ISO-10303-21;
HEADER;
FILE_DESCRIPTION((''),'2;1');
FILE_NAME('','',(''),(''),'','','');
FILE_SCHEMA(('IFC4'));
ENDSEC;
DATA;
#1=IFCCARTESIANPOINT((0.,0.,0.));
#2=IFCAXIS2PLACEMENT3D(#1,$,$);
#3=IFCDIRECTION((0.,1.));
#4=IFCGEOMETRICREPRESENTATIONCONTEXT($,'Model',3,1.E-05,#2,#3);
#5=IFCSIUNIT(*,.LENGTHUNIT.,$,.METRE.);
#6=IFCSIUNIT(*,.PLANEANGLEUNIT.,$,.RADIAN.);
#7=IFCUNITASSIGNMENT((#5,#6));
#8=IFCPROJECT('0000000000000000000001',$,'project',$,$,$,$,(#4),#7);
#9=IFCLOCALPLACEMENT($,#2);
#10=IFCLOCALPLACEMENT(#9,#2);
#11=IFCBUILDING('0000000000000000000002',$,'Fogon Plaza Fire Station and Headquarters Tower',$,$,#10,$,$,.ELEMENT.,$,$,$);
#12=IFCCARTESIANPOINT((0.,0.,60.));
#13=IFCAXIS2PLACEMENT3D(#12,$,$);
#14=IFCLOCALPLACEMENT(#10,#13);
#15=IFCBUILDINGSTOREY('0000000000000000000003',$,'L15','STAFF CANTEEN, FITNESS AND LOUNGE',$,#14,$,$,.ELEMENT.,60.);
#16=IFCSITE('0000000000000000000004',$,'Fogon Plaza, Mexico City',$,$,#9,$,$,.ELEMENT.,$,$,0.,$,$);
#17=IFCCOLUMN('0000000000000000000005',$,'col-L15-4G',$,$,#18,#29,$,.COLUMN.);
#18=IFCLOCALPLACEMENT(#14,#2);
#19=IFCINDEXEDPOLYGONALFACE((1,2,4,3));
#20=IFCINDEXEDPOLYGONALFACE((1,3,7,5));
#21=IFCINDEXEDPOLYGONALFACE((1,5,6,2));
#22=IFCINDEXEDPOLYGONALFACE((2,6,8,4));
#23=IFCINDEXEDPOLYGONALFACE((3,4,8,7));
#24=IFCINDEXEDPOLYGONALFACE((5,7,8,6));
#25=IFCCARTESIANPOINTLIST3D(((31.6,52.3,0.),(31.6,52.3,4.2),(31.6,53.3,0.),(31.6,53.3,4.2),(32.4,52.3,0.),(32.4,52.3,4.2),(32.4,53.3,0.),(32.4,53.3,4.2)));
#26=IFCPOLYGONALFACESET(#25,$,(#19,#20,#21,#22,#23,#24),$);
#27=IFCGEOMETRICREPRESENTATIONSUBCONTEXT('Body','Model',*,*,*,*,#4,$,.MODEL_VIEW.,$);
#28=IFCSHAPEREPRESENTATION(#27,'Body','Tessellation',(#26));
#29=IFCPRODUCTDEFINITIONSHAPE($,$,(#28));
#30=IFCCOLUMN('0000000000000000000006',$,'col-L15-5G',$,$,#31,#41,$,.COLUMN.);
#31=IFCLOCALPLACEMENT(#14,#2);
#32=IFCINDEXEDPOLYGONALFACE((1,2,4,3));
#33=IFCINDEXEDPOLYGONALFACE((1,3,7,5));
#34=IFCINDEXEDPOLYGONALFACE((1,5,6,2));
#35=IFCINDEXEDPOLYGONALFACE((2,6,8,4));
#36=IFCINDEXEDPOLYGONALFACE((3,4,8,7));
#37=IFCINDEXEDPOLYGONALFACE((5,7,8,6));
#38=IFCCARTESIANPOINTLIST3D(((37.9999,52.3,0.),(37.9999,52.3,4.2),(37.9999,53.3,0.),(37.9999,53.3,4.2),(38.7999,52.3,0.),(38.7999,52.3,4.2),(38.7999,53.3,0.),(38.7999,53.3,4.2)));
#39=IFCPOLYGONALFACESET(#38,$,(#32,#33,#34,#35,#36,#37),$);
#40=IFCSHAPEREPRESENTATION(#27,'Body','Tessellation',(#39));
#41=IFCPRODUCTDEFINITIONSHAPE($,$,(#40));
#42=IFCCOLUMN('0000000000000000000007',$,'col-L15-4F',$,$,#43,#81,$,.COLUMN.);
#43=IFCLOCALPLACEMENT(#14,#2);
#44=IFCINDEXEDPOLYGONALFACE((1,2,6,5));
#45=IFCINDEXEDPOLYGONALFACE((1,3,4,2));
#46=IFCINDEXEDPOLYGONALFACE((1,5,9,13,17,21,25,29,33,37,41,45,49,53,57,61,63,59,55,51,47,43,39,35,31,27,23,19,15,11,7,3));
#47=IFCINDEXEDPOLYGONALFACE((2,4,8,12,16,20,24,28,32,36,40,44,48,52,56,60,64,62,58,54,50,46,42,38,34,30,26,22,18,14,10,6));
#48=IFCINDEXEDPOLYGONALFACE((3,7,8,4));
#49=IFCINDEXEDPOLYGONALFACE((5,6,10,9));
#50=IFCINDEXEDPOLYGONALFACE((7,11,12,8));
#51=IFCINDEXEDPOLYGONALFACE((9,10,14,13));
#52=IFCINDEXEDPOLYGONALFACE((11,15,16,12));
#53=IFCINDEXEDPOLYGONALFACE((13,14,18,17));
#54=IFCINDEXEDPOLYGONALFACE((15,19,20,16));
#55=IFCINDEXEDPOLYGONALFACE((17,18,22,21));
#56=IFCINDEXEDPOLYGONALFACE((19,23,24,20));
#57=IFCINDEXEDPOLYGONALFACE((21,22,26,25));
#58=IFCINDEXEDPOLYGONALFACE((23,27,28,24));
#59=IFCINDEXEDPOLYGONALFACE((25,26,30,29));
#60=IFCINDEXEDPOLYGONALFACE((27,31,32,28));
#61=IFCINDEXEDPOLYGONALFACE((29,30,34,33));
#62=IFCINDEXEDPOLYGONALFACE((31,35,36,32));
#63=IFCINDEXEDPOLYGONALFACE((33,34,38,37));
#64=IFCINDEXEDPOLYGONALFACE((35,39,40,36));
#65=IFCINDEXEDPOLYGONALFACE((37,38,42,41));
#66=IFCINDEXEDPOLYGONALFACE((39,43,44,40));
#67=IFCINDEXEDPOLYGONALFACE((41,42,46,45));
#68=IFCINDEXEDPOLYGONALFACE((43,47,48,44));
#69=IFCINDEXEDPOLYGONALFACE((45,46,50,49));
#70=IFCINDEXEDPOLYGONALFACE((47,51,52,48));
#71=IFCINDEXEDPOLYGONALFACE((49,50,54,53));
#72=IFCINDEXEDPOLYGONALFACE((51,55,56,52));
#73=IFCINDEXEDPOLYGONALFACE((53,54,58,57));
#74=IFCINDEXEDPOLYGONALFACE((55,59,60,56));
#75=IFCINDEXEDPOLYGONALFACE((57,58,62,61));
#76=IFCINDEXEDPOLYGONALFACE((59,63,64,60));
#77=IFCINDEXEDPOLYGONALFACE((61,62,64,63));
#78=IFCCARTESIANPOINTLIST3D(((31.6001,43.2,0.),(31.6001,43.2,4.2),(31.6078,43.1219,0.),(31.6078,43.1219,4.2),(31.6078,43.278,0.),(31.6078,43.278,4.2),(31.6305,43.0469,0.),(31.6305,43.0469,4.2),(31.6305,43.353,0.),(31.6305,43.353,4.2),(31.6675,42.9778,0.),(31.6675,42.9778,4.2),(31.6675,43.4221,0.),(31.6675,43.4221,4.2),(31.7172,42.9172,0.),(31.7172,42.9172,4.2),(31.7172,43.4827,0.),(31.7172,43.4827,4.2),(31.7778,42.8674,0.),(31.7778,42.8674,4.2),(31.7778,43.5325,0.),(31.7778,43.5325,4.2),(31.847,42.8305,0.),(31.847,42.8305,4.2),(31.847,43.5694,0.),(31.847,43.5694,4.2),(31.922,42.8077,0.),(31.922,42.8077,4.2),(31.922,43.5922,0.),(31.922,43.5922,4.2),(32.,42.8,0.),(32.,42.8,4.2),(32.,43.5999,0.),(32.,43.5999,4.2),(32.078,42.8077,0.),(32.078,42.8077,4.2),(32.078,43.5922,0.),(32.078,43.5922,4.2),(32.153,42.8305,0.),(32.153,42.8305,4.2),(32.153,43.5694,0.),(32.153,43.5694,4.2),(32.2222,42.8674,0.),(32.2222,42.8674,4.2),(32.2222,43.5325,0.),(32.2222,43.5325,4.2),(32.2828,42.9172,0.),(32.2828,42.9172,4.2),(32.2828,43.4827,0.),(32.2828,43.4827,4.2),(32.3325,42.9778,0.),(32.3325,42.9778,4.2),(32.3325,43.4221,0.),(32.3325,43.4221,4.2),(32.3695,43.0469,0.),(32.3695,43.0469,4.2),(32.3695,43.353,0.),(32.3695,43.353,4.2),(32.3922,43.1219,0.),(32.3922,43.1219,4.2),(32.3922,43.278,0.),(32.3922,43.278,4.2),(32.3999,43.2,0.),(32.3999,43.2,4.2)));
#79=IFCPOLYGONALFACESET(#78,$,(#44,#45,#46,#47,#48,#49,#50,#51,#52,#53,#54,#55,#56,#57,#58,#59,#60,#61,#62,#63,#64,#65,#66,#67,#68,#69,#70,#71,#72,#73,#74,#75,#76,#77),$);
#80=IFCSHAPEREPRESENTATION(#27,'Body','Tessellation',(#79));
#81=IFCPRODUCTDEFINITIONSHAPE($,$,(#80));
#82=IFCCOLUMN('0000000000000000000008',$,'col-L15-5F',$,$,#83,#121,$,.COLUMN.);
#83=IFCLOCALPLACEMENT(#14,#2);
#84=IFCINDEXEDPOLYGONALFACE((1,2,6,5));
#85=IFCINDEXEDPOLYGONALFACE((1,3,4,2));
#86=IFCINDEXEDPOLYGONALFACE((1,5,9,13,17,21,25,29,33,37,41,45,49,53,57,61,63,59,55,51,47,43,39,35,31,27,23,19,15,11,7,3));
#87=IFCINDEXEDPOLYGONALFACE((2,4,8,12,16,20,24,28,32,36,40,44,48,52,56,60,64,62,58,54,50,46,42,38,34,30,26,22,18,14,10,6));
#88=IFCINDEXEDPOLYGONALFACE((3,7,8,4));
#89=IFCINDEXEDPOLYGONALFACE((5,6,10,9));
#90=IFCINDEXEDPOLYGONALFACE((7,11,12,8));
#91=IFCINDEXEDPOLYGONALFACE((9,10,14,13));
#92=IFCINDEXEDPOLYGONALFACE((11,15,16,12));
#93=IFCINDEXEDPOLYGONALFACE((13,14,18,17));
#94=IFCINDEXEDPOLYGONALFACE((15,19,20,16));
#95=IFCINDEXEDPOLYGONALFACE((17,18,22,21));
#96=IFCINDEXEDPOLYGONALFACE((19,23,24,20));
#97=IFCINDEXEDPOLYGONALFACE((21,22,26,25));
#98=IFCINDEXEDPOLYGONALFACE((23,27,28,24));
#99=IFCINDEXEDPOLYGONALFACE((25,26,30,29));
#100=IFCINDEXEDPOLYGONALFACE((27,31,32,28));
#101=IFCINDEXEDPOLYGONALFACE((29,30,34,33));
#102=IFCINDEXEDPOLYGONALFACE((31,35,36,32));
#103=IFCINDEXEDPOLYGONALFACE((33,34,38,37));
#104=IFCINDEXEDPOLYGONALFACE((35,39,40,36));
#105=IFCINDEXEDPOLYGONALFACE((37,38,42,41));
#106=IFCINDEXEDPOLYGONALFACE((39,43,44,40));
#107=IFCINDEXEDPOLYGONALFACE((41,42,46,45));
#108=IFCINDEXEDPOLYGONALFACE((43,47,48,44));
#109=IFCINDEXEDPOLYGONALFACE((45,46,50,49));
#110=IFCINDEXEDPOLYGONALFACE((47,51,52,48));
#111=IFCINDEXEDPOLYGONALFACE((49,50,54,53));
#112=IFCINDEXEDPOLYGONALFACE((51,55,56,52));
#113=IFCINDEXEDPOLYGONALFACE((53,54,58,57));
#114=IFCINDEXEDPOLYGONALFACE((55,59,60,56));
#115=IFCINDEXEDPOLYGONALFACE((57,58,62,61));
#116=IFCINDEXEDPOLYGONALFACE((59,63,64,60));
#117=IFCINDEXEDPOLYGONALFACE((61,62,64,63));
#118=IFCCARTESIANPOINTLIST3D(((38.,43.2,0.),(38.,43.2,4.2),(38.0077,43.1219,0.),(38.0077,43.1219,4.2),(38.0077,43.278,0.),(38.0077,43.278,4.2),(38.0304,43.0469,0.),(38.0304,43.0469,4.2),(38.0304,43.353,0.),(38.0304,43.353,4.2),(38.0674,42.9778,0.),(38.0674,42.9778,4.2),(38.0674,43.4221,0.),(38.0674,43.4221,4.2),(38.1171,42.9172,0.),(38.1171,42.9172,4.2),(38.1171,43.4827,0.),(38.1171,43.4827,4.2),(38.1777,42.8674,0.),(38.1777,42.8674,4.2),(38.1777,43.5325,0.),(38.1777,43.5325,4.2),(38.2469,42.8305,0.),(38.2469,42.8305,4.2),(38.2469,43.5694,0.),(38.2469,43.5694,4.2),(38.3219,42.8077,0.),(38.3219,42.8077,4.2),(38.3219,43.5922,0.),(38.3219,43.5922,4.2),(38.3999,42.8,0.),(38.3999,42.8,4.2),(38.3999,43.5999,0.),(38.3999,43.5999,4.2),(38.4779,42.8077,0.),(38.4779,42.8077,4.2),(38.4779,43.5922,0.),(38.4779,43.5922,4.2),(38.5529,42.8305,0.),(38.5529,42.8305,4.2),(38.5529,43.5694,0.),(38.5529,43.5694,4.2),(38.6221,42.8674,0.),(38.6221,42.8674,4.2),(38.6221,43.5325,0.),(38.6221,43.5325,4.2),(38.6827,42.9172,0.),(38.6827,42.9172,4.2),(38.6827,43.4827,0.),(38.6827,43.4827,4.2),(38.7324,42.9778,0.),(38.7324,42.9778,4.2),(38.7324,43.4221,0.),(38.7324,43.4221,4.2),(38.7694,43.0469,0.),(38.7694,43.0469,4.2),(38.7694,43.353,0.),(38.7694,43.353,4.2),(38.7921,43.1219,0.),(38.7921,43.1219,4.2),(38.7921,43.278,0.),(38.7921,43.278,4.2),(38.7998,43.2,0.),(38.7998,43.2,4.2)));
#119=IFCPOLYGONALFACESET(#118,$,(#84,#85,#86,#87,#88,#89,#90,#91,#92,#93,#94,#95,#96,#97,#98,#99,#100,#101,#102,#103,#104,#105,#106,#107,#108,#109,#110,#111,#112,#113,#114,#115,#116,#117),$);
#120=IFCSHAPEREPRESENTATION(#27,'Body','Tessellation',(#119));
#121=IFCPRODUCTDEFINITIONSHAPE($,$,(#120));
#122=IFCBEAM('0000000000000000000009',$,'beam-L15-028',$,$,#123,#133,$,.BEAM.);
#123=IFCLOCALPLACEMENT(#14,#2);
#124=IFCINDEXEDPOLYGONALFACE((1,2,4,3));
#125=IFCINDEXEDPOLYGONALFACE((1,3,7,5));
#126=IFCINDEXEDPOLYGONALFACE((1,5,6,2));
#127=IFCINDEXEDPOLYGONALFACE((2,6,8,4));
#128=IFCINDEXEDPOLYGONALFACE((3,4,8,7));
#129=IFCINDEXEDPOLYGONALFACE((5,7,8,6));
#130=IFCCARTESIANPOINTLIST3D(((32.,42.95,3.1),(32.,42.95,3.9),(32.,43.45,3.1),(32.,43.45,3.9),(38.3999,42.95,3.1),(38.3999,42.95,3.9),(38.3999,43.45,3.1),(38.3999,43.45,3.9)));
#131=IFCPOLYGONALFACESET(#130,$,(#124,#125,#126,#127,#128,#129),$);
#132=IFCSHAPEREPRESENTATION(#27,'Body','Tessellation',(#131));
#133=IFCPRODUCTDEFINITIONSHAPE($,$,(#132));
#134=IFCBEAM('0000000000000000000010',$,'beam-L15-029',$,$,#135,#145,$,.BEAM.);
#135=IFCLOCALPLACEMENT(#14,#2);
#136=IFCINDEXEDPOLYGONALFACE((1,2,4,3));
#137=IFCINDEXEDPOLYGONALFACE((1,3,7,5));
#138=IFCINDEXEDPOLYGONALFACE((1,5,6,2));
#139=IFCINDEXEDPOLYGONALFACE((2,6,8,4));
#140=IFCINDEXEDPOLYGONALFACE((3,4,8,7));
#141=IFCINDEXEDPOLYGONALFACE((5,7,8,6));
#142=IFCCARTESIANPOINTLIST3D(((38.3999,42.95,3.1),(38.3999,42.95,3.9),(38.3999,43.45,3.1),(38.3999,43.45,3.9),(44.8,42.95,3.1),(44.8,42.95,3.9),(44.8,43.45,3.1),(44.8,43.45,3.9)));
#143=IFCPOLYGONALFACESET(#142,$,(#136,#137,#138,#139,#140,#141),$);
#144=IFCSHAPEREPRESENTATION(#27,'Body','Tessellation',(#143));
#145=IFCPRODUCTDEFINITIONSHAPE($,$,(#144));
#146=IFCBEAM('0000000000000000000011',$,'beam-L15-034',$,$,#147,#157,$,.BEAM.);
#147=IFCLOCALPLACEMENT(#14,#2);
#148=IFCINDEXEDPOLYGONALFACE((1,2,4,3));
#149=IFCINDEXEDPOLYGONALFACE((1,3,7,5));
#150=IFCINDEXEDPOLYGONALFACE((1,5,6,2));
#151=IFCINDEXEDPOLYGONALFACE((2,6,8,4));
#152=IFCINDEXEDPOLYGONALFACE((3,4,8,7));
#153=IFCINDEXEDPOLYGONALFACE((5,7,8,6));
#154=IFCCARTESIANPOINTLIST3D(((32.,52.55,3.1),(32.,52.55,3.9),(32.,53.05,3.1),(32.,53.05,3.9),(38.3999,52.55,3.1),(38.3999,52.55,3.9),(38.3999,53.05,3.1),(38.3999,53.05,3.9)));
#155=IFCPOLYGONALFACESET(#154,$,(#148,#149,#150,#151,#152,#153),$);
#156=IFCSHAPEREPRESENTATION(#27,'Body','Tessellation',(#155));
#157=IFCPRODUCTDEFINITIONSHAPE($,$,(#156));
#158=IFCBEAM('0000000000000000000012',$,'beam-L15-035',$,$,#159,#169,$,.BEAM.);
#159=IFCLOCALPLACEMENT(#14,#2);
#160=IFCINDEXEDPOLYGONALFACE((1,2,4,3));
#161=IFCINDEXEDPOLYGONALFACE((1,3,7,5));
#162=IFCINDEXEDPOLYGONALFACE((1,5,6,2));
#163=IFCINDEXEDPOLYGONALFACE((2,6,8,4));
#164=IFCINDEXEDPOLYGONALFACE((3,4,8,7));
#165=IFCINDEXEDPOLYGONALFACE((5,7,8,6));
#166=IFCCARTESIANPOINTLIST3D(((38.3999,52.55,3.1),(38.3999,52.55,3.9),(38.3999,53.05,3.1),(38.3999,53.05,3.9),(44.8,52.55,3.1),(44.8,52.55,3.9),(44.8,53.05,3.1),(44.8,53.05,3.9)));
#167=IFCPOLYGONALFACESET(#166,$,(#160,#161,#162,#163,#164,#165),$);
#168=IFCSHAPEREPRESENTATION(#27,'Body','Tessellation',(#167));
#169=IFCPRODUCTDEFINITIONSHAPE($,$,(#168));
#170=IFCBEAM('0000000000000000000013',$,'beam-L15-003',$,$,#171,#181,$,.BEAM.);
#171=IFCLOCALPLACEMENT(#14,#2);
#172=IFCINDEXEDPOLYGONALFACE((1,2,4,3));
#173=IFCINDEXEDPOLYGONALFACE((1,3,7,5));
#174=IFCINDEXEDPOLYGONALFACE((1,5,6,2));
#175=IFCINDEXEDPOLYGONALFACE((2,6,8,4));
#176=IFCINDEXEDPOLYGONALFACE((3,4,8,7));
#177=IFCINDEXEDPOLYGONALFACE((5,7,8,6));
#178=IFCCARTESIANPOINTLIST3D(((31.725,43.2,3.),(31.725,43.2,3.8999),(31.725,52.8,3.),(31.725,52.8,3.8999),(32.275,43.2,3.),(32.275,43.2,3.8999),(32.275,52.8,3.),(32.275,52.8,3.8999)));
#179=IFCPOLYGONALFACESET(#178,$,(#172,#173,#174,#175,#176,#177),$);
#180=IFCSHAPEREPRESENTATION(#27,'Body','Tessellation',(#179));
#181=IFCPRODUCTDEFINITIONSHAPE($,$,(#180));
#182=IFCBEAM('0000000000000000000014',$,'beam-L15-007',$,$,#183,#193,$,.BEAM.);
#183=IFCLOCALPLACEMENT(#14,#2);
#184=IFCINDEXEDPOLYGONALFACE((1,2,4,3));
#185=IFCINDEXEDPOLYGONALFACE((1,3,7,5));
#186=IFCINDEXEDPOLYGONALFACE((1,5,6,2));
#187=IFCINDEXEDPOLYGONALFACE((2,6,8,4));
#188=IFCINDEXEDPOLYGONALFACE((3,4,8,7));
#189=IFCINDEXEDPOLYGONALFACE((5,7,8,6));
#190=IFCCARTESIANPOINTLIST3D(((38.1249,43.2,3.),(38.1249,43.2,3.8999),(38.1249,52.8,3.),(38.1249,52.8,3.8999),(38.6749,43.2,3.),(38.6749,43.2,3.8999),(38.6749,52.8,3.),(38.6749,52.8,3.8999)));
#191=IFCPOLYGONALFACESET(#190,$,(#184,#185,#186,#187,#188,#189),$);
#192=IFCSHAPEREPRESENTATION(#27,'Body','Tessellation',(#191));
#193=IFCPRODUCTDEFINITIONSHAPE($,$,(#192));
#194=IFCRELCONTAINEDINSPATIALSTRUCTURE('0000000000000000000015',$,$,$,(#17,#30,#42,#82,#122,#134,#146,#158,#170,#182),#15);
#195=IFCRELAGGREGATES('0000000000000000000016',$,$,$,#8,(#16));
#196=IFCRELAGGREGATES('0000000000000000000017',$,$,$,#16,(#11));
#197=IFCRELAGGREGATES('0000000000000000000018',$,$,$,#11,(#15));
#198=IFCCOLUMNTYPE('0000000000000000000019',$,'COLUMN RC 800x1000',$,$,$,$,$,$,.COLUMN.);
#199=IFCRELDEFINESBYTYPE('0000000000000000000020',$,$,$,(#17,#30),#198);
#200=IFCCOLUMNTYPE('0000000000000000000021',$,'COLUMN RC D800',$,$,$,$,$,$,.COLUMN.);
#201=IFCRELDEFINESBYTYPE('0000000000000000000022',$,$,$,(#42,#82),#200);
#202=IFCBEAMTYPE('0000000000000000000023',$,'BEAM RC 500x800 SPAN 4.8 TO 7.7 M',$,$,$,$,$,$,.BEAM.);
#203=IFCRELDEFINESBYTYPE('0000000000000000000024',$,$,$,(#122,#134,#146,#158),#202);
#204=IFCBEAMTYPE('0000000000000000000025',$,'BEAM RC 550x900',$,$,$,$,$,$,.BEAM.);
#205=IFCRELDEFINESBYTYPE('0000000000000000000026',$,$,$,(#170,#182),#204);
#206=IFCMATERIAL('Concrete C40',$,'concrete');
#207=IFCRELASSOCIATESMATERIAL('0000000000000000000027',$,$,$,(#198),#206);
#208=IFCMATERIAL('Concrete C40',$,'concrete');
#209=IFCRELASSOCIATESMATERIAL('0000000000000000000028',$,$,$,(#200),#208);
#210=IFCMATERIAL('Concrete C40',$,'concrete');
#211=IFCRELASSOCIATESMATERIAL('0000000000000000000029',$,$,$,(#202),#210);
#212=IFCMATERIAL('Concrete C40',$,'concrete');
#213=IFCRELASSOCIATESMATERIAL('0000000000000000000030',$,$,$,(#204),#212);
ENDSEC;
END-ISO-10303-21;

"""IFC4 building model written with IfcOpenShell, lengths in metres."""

from ifc_helpers import new_model, si_unit, direction, frame, origin, origin_2d, place, context, subcontext, project, spatial, rectangle, circle, extrude, material, material_profile, profile_set, type_object, element, save


model = new_model("IFC4")

# Units and contexts
model_context = context("Model", 3, precision=1e-05, world=origin(), true_north=direction((0.0, 1.0)))
body_context = subcontext(model_context, "Body", "Model", "MODEL_VIEW")
ifc_project = project(units=[si_unit("LENGTHUNIT", "METRE"), si_unit("PLANEANGLEUNIT", "RADIAN")], contexts=[model_context])

# Site, building, storey
site_placement = place(None, origin())
site = spatial("IfcSite", under=ifc_project, at=site_placement, Name="Fogon Plaza, Mexico City", CompositionType="ELEMENT", RefElevation=0.0)
building_placement = place(site_placement, origin())
building = spatial("IfcBuilding", under=site, at=building_placement, Name="Fogon Plaza Fire Station and Headquarters Tower", CompositionType="ELEMENT")
storey_placement = place(building_placement, frame((0.0, 0.0, 60.0)))
storey = spatial("IfcBuildingStorey", under=building, at=storey_placement, Name="L15", Description="STAFF CANTEEN, FITNESS AND LOUNGE", CompositionType="ELEMENT", Elevation=60.0)

# Columns
ifc_material_1 = material(Name="Concrete C40", Category="concrete")
ifc_material_profile_1 = material_profile(ifc_material_1, rectangle(XDim=0.8, YDim=1.0, at=origin_2d()), Name="RC 800x1000")
ifc_profile_set_1 = profile_set([ifc_material_profile_1], Name="Concrete C40")
column_type_1 = type_object("IfcColumnType", Name="COLUMN RC 800x1000", PredefinedType="COLUMN", material=ifc_profile_set_1)
for number, where, z_axis, x_axis, name in (
    (1, (32.0, 52.8, 0.0), (0.0, 0.0, 1.0), (1.0, 0.0, 0.0), "col-L15-4G"),
    (2, (38.3999, 52.8, 0.0), (0.0, 0.0, 1.0), (1.0, 0.0, 0.0), "col-L15-5G"),
):
    element("IfcColumn", number, at=place(storey_placement, frame(where, z_axis=z_axis, x_axis=x_axis)), inside=storey, type_object=column_type_1, Name=name, PredefinedType="COLUMN", context=body_context, shape_type="SweptSolid", body=[
        extrude(rectangle(XDim=0.8, YDim=1.0, at=origin_2d()), origin(), (0.0, 0.0, 1.0), 4.2),
    ])
ifc_material_2 = material(Name="Concrete C40", Category="concrete")
ifc_material_profile_2 = material_profile(ifc_material_2, circle(Radius=0.3999, at=origin_2d()), Name="RC D800")
ifc_profile_set_2 = profile_set([ifc_material_profile_2], Name="Concrete C40")
column_type_2 = type_object("IfcColumnType", Name="COLUMN RC D800", PredefinedType="COLUMN", material=ifc_profile_set_2)
for number, where, z_axis, x_axis, name in (
    (3, (32.0, 43.2, 0.0), (0.0, 0.0, 1.0), (1.0, 0.0, 0.0), "col-L15-4F"),
    (4, (38.3999, 43.2, 0.0), (0.0, 0.0, 1.0), (1.0, 0.0, 0.0), "col-L15-5F"),
):
    element("IfcColumn", number, at=place(storey_placement, frame(where, z_axis=z_axis, x_axis=x_axis)), inside=storey, type_object=column_type_2, Name=name, PredefinedType="COLUMN", context=body_context, shape_type="SweptSolid", body=[
        extrude(circle(Radius=0.3999, at=origin_2d()), origin(), (0.0, 0.0, 1.0), 4.2),
    ])

# Beams
ifc_material_3 = material(Name="Concrete C40", Category="concrete")
ifc_material_profile_3 = material_profile(ifc_material_3, rectangle(XDim=0.5, YDim=0.8, at=origin_2d()), Name="RC 500x800")
ifc_profile_set_3 = profile_set([ifc_material_profile_3], Name="Concrete C40")
beam_type_1 = type_object("IfcBeamType", Name="BEAM RC 500x800 SPAN 4.8 TO 7.7 M", PredefinedType="BEAM", material=ifc_profile_set_3)
beam_1_placement = place(storey_placement, frame((32.0, 43.2, 3.5), z_axis=(1.0, 0.0, 0.0), x_axis=(0.0, 1.0, 0.0)))
element("IfcBeam", 5, at=beam_1_placement, inside=storey, type_object=beam_type_1, Name="beam-L15-028", PredefinedType="BEAM", context=body_context, shape_type="SweptSolid", body=[
    extrude(rectangle(XDim=0.5, YDim=0.8, at=origin_2d()), origin(), (0.0, 0.0, 1.0), 6.3999),
])
beam_2_placement = place(storey_placement, frame((38.3999, 43.2, 3.5), z_axis=(1.0, 0.0, 0.0), x_axis=(0.0, 1.0, 0.0)))
element("IfcBeam", 6, at=beam_2_placement, inside=storey, type_object=beam_type_1, Name="beam-L15-029", PredefinedType="BEAM", context=body_context, shape_type="SweptSolid", body=[
    extrude(rectangle(XDim=0.5, YDim=0.8, at=origin_2d()), origin(), (0.0, 0.0, 1.0), 6.4001),
])
beam_3_placement = place(storey_placement, frame((32.0, 52.8, 3.5), z_axis=(1.0, 0.0, 0.0), x_axis=(0.0, 1.0, 0.0)))
element("IfcBeam", 7, at=beam_3_placement, inside=storey, type_object=beam_type_1, Name="beam-L15-034", PredefinedType="BEAM", context=body_context, shape_type="SweptSolid", body=[
    extrude(rectangle(XDim=0.5, YDim=0.8, at=origin_2d()), origin(), (0.0, 0.0, 1.0), 6.3999),
])
beam_4_placement = place(storey_placement, frame((38.3999, 52.8, 3.5), z_axis=(1.0, 0.0, 0.0), x_axis=(0.0, 1.0, 0.0)))
element("IfcBeam", 8, at=beam_4_placement, inside=storey, type_object=beam_type_1, Name="beam-L15-035", PredefinedType="BEAM", context=body_context, shape_type="SweptSolid", body=[
    extrude(rectangle(XDim=0.5, YDim=0.8, at=origin_2d()), origin(), (0.0, 0.0, 1.0), 6.4001),
])
ifc_material_4 = material(Name="Concrete C40", Category="concrete")
ifc_material_profile_4 = material_profile(ifc_material_4, rectangle(XDim=0.55, YDim=0.8999, at=origin_2d()), Name="RC 550x900")
ifc_profile_set_4 = profile_set([ifc_material_profile_4], Name="Concrete C40")
beam_type_2 = type_object("IfcBeamType", Name="BEAM RC 550x900", PredefinedType="BEAM", material=ifc_profile_set_4)
for number, where, z_axis, x_axis, name in (
    (9, (32.0, 43.2, 3.45), (0.0, 1.0, 0.0), (-1.0, 0.0, 0.0), "beam-L15-003"),
    (10, (38.3999, 43.2, 3.45), (0.0, 1.0, 0.0), (-1.0, 0.0, 0.0), "beam-L15-007"),
):
    element("IfcBeam", number, at=place(storey_placement, frame(where, z_axis=z_axis, x_axis=x_axis)), inside=storey, type_object=beam_type_2, Name=name, PredefinedType="BEAM", context=body_context, shape_type="SweptSolid", body=[
        extrude(rectangle(XDim=0.55, YDim=0.8999, at=origin_2d()), origin(), (0.0, 0.0, 1.0), 9.6001),
    ])

save(model, "model.ifc")
